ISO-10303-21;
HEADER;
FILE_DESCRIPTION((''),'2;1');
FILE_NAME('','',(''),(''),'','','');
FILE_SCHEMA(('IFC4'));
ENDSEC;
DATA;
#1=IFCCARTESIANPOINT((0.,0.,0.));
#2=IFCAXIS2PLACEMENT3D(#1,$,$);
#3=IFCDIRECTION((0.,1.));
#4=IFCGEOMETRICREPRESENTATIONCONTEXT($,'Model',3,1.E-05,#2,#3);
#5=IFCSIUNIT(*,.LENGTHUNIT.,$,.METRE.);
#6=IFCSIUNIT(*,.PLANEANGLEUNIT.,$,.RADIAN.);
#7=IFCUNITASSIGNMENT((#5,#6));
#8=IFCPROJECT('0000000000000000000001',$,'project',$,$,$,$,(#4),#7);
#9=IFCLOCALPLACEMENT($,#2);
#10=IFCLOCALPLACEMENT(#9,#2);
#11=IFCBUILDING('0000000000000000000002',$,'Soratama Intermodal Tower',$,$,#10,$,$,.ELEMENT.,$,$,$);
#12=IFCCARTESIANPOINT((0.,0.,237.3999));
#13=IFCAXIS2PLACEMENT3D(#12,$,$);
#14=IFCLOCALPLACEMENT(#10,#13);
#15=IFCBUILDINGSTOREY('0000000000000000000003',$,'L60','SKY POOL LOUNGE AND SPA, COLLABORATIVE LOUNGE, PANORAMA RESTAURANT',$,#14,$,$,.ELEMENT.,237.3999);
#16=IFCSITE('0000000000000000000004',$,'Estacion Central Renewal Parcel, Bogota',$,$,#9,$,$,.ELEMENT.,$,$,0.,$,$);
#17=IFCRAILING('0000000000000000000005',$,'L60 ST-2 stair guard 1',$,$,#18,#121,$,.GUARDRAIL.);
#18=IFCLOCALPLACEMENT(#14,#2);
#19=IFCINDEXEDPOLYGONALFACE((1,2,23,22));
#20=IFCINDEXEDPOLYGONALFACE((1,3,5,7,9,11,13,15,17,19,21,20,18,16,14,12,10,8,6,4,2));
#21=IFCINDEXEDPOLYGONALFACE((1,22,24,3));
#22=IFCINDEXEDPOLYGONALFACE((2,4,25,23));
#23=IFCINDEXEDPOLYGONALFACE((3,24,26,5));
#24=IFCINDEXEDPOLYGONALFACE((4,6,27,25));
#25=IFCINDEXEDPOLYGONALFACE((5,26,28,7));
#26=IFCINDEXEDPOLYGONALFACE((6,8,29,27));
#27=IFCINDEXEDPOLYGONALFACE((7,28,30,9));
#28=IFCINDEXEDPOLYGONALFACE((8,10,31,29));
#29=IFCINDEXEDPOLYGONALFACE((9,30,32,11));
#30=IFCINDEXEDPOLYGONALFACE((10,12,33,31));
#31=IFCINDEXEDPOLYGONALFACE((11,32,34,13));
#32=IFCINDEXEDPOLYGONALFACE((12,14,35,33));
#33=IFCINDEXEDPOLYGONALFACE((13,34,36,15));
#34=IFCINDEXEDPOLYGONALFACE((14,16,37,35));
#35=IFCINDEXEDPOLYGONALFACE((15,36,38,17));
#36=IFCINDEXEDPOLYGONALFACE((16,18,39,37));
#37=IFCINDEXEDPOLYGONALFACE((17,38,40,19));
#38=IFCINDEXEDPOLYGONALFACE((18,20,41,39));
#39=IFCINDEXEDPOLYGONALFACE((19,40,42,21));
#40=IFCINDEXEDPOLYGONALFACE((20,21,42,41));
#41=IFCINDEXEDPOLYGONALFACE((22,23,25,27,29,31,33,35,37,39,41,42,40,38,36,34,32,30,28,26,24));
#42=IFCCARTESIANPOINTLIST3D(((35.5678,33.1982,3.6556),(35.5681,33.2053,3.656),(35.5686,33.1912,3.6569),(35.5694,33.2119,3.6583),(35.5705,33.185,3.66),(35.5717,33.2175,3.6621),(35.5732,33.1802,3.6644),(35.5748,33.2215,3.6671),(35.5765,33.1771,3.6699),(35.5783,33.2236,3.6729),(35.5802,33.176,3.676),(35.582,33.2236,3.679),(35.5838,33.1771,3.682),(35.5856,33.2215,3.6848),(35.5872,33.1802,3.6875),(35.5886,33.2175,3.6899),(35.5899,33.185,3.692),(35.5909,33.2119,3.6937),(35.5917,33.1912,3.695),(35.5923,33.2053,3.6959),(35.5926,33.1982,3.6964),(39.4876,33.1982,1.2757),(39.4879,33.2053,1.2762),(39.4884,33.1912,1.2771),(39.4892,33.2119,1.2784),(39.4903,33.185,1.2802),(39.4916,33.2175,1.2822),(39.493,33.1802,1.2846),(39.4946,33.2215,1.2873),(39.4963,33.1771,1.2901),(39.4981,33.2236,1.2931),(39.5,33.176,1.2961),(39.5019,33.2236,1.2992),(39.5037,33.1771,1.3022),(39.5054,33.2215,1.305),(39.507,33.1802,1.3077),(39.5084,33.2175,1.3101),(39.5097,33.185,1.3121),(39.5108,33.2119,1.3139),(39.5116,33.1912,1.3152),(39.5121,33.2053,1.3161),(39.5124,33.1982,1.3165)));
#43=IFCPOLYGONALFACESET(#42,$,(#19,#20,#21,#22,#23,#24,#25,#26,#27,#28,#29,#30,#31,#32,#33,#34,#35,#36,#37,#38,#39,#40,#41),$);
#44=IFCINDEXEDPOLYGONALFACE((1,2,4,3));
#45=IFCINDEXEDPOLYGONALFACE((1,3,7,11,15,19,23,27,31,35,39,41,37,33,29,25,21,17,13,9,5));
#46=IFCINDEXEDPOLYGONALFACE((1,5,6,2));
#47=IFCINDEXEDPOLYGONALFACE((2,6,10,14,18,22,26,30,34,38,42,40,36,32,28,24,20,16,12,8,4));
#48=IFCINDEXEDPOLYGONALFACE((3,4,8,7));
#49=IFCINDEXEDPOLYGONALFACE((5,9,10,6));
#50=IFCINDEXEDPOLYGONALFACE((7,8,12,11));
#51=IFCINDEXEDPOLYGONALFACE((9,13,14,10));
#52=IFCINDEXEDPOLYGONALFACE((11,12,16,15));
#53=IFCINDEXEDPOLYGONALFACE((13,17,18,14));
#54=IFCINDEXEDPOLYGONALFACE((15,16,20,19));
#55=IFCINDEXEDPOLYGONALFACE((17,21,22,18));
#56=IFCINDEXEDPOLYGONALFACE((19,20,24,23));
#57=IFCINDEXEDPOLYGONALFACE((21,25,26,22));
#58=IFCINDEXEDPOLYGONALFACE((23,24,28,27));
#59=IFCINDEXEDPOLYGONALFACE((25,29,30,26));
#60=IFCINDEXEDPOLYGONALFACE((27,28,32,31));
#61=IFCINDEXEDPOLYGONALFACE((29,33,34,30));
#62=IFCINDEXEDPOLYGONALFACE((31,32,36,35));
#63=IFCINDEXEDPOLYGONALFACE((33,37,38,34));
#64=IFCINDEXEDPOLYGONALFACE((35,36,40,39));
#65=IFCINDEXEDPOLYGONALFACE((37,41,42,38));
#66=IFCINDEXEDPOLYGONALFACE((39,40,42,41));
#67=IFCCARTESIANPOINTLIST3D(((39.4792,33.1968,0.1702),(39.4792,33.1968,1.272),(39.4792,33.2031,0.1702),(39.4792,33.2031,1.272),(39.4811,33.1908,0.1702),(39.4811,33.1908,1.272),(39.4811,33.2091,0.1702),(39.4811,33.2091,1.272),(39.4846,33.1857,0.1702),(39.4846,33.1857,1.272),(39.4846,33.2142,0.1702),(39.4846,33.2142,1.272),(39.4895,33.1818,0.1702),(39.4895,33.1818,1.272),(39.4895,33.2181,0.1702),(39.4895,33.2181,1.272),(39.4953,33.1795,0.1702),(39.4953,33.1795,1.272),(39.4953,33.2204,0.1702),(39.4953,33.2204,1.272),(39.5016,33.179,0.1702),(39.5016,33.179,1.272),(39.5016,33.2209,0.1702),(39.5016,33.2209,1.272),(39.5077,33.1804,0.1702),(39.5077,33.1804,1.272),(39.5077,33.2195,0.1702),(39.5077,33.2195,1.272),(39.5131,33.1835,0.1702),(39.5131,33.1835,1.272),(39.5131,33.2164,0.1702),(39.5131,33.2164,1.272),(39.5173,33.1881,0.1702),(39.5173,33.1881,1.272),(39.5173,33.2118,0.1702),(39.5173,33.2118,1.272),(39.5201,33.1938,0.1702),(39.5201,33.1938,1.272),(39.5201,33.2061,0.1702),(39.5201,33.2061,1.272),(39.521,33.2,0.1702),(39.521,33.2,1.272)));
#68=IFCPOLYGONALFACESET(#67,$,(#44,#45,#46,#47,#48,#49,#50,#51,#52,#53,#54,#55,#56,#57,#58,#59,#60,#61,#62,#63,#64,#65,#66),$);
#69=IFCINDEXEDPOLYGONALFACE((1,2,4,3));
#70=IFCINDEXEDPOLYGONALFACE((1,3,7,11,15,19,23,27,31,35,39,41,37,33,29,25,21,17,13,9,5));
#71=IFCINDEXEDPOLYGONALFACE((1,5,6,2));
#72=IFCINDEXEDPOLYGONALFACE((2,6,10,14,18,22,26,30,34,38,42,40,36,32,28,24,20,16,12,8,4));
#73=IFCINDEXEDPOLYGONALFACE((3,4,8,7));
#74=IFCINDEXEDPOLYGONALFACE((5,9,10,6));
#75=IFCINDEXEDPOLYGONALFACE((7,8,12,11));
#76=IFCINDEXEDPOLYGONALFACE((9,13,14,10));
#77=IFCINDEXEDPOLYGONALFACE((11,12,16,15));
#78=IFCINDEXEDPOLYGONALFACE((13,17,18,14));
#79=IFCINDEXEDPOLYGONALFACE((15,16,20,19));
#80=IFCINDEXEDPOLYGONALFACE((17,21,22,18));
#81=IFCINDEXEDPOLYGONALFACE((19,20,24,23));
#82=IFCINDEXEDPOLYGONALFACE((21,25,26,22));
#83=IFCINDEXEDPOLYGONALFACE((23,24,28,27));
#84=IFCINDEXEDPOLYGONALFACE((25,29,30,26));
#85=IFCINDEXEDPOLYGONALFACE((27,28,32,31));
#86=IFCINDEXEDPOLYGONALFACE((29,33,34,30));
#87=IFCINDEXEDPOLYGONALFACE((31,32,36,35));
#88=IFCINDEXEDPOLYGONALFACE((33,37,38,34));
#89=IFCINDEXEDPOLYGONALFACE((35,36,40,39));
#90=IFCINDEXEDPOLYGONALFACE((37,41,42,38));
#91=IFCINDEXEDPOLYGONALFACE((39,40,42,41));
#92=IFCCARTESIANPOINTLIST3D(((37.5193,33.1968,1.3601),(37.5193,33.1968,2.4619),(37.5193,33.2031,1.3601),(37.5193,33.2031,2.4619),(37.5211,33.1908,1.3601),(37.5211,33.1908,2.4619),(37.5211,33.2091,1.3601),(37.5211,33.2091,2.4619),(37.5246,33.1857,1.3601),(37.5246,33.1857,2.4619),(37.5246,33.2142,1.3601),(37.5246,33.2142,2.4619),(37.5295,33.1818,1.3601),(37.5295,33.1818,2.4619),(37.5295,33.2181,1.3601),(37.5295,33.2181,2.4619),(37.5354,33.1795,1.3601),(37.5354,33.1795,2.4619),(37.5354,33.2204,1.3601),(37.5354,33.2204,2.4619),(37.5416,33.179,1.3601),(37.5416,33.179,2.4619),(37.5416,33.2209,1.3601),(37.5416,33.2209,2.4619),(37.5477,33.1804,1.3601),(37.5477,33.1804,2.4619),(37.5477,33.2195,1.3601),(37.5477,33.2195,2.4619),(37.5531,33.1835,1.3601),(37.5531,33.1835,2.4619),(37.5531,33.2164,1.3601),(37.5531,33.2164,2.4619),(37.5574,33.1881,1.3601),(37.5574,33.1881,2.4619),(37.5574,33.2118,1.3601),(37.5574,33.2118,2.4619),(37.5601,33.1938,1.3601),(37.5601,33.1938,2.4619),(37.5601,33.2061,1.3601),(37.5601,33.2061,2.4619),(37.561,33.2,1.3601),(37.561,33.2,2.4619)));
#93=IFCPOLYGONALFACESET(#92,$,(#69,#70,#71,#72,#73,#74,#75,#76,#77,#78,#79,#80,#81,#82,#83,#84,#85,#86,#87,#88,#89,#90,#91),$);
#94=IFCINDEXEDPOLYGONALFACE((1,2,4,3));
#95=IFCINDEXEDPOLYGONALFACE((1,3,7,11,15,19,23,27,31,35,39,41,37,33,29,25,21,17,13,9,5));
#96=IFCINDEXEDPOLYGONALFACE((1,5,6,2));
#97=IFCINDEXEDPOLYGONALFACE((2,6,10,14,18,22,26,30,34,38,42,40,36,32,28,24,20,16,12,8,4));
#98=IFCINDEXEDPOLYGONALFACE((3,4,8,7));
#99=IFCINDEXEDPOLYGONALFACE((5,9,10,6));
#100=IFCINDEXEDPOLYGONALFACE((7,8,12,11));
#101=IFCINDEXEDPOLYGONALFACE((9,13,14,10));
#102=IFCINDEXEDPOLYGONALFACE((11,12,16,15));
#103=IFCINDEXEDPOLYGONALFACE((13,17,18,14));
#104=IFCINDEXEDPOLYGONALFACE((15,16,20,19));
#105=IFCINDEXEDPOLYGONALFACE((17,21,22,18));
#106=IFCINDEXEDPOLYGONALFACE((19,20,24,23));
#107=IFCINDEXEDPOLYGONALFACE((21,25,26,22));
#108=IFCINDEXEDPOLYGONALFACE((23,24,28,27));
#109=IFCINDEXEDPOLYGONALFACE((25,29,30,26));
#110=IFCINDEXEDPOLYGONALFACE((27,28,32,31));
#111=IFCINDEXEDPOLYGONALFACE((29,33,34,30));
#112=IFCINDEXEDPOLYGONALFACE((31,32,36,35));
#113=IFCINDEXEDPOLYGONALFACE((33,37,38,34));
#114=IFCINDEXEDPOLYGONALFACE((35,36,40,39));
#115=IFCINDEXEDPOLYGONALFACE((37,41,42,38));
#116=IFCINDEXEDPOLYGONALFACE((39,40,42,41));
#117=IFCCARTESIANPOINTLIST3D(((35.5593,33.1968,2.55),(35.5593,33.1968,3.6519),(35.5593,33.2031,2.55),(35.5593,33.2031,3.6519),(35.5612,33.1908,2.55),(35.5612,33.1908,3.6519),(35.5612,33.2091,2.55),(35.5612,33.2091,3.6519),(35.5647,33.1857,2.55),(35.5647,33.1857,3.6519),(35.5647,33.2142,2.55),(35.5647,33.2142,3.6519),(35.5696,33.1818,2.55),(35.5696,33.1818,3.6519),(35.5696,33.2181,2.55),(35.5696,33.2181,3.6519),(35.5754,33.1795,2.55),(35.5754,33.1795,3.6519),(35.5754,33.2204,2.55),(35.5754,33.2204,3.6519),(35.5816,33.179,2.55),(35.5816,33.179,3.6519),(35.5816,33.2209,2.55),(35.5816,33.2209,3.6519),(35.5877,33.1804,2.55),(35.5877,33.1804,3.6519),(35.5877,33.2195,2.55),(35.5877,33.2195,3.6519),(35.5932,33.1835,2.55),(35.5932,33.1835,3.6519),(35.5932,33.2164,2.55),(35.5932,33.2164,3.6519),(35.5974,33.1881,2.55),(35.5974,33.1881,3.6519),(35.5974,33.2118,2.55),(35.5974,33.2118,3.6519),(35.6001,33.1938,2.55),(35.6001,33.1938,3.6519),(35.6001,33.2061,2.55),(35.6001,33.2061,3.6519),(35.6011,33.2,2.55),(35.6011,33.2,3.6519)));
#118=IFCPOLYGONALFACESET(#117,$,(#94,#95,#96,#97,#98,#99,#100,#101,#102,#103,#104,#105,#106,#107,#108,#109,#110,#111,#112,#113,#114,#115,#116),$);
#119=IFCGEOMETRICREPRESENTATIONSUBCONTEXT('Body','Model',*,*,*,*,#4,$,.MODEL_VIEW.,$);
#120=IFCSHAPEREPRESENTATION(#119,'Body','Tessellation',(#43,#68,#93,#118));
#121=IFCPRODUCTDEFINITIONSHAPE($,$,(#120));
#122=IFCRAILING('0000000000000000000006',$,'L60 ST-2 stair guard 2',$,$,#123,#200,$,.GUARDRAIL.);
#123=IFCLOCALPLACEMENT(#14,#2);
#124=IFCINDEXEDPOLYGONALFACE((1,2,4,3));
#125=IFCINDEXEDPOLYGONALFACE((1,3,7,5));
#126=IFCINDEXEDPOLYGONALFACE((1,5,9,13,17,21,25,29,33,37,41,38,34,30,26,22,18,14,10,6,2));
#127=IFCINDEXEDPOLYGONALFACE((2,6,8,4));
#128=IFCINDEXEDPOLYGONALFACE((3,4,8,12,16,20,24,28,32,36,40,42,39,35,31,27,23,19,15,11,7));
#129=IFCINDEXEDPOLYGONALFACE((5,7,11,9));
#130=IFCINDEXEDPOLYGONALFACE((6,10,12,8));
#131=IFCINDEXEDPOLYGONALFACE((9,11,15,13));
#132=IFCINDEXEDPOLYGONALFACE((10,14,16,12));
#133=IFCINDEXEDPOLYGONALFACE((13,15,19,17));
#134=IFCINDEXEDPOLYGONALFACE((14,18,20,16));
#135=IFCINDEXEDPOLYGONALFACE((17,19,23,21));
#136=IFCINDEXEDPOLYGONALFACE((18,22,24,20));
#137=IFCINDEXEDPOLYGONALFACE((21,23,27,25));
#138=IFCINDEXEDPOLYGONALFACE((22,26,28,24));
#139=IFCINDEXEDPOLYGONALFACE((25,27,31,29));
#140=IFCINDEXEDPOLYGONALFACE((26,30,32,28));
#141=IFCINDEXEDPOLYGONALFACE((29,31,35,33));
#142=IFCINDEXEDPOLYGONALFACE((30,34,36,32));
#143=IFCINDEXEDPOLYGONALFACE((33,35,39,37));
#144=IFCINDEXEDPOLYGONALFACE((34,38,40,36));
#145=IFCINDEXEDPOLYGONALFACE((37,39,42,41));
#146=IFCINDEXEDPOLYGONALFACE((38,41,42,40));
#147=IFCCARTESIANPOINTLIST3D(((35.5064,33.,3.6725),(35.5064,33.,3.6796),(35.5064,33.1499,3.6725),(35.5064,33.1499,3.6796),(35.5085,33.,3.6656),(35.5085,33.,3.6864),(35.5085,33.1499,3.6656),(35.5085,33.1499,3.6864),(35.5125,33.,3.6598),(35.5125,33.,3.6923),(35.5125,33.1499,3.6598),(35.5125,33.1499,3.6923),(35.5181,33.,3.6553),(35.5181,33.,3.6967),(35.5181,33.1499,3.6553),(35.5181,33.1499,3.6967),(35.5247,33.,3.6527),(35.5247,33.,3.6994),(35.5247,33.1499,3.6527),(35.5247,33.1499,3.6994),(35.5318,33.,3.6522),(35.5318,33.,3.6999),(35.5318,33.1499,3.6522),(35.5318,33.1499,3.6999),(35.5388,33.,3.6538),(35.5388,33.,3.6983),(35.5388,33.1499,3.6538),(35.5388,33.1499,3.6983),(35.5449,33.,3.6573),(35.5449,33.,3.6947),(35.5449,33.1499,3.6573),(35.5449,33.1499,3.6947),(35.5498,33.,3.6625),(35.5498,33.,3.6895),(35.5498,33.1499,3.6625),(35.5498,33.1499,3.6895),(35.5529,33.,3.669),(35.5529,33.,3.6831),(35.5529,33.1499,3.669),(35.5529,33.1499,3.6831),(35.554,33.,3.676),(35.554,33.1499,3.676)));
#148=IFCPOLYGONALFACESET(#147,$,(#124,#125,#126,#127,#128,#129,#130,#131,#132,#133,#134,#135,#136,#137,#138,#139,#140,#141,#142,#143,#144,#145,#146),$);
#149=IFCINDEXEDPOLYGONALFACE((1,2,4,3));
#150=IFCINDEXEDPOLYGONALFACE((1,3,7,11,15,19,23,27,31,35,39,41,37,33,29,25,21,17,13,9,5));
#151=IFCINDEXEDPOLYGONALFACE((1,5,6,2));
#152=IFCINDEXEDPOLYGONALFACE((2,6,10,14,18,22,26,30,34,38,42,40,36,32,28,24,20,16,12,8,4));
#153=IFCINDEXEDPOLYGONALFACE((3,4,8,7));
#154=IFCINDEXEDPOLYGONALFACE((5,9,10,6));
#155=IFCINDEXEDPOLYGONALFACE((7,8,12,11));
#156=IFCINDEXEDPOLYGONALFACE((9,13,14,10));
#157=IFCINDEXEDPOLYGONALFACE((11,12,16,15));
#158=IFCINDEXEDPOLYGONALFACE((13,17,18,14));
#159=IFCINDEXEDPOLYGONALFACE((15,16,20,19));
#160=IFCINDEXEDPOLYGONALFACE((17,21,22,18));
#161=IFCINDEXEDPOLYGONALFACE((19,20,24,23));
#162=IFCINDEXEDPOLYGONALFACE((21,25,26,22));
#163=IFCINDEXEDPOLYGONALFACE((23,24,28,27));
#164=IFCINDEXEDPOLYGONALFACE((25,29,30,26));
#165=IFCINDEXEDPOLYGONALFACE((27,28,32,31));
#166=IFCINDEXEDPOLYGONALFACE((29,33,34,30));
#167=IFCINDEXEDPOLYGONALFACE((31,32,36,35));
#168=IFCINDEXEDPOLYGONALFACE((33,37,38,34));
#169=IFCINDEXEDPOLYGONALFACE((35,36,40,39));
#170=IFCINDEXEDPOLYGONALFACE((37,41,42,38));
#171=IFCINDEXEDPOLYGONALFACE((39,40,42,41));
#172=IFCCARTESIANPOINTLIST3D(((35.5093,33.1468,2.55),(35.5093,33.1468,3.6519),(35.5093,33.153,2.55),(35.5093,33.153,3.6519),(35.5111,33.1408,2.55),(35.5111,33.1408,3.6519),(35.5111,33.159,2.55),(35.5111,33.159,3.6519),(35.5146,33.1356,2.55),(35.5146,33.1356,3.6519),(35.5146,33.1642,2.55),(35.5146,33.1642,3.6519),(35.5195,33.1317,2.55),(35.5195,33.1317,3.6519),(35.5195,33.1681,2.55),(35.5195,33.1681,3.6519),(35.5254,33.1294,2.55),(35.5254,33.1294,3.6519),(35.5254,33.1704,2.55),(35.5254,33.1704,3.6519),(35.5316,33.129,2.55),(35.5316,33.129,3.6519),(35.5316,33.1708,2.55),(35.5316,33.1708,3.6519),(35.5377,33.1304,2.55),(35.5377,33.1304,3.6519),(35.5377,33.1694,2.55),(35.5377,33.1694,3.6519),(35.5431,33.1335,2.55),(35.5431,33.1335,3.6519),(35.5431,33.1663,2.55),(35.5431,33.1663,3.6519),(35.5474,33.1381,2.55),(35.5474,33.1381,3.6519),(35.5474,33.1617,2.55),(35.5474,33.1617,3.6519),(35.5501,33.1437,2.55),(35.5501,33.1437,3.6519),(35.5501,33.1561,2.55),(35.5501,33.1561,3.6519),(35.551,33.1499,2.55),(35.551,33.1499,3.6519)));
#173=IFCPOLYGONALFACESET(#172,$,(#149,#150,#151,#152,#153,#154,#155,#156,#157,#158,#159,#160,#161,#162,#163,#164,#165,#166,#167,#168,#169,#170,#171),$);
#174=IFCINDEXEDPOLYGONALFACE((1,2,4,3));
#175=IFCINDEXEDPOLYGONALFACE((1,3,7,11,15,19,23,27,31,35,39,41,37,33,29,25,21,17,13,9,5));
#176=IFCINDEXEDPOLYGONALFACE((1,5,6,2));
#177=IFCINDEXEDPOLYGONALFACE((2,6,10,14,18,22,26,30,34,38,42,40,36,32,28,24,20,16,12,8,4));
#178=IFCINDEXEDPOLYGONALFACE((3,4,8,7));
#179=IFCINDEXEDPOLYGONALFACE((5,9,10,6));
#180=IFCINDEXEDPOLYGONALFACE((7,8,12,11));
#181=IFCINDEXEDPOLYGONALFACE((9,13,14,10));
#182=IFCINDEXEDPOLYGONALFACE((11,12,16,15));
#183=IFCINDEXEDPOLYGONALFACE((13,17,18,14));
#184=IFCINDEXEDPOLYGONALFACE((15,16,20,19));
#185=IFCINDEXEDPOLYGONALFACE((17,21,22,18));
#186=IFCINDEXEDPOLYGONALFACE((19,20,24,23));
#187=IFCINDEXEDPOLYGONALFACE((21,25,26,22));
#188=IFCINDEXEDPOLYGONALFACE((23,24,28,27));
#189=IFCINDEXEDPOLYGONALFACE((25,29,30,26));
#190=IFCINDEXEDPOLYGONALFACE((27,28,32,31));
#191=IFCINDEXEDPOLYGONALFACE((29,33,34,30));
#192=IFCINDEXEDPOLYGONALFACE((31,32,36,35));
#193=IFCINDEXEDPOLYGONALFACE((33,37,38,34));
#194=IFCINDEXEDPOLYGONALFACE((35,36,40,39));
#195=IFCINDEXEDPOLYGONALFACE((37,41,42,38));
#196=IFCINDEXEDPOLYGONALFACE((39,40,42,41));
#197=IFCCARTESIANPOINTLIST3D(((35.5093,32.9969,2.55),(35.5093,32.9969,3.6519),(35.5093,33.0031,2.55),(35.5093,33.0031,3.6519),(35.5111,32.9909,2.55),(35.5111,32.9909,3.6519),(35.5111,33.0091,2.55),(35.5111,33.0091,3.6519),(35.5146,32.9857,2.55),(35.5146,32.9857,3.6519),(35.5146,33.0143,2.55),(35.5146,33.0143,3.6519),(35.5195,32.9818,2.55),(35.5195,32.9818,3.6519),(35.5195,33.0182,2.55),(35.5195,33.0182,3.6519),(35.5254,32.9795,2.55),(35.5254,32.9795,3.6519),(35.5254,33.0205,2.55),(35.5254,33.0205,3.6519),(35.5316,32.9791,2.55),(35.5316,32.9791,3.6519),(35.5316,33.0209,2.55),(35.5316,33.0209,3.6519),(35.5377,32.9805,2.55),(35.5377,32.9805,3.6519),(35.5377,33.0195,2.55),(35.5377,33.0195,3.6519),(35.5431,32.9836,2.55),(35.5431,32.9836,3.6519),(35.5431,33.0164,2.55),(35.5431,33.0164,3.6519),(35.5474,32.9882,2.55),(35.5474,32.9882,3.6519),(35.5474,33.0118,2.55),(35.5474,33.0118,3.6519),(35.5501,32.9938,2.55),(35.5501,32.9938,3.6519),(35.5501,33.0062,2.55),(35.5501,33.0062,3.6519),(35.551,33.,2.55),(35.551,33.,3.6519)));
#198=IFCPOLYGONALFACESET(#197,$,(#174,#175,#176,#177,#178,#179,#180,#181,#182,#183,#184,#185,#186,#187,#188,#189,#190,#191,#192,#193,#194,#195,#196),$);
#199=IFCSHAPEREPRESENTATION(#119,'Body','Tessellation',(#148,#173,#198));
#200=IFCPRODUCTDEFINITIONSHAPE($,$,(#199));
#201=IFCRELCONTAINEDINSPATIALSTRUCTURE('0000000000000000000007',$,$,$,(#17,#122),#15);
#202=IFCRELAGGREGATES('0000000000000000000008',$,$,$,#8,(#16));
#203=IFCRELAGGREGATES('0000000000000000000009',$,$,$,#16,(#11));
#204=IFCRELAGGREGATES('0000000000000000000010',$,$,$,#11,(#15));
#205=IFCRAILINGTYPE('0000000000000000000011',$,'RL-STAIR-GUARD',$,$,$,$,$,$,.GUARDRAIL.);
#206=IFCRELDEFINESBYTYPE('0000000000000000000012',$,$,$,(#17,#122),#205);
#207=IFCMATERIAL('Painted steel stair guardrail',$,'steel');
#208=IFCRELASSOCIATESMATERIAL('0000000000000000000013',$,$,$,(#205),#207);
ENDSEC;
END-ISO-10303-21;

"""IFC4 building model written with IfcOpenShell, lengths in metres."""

from ifc_helpers import new_model, si_unit, direction, frame, origin, origin_2d, place, context, subcontext, project, spatial, circle, extrude, material, type_object, element, save


model = new_model("IFC4")

# Units and contexts
model_context = context("Model", 3, precision=1e-05, world=origin(), true_north=direction((0.0, 1.0)))
body_context = subcontext(model_context, "Body", "Model", "MODEL_VIEW")
ifc_project = project(units=[si_unit("LENGTHUNIT", "METRE"), si_unit("PLANEANGLEUNIT", "RADIAN")], contexts=[model_context])

# Site, building, storey
site_placement = place(None, origin())
site = spatial("IfcSite", under=ifc_project, at=site_placement, Name="Estacion Central Renewal Parcel, Bogota", CompositionType="ELEMENT", RefElevation=0.0)
building_placement = place(site_placement, origin())
building = spatial("IfcBuilding", under=site, at=building_placement, Name="Soratama Intermodal Tower", CompositionType="ELEMENT")
storey_placement = place(building_placement, frame((0.0, 0.0, 237.3999)))
storey = spatial("IfcBuildingStorey", under=building, at=storey_placement, Name="L60", Description="SKY POOL LOUNGE AND SPA, COLLABORATIVE LOUNGE, PANORAMA RESTAURANT", CompositionType="ELEMENT", Elevation=237.3999)

# Railings
ifc_material_1 = material(Name="Painted steel stair guardrail", Category="steel")
railing_type_1 = type_object("IfcRailingType", Name="RL-STAIR-GUARD", PredefinedType="GUARDRAIL", material=ifc_material_1)
railing_1_placement = place(storey_placement, frame((39.5, 33.2, 0.1702)))
element("IfcRailing", 1, at=railing_1_placement, inside=storey, type_object=railing_type_1, Name="L60 ST-2 stair guard 1", PredefinedType="GUARDRAIL", context=body_context, shape_type="SweptSolid", body=[
    extrude(circle(Radius=0.0239, at=origin_2d()), frame((0.0, 0.0, 1.126), z_axis=(-0.854794, 0.0, 0.518967), x_axis=(0.0, -1.0, 0.0)), (0.0, 0.0, 1.0), 4.5857),
    extrude(circle(Radius=0.021, at=origin_2d()), origin(), (0.0, 0.0, 1.0), 1.1018),
    extrude(circle(Radius=0.021, at=origin_2d()), frame((-1.96, 0.0, 1.1899)), (0.0, 0.0, 1.0), 1.1018),
    extrude(circle(Radius=0.021, at=origin_2d()), frame((-3.9199, 0.0, 2.3799)), (0.0, 0.0, 1.0), 1.1018),
])
railing_2_placement = place(storey_placement, frame((35.53, 33.1499, 2.55)))
element("IfcRailing", 2, at=railing_2_placement, inside=storey, type_object=railing_type_1, Name="L60 ST-2 stair guard 2", PredefinedType="GUARDRAIL", context=body_context, shape_type="SweptSolid", body=[
    extrude(circle(Radius=0.0239, at=origin_2d()), frame((0.0, 0.0, 1.126), z_axis=(0.0, -1.0, 0.0), x_axis=(1.0, 0.0, 0.0)), (0.0, 0.0, 1.0), 0.1499),
    extrude(circle(Radius=0.021, at=origin_2d()), origin(), (0.0, 0.0, 1.0), 1.1018),
    extrude(circle(Radius=0.021, at=origin_2d()), frame((0.0, -0.1499, 0.0)), (0.0, 0.0, 1.0), 1.1018),
])

save(model, "model.ifc")
